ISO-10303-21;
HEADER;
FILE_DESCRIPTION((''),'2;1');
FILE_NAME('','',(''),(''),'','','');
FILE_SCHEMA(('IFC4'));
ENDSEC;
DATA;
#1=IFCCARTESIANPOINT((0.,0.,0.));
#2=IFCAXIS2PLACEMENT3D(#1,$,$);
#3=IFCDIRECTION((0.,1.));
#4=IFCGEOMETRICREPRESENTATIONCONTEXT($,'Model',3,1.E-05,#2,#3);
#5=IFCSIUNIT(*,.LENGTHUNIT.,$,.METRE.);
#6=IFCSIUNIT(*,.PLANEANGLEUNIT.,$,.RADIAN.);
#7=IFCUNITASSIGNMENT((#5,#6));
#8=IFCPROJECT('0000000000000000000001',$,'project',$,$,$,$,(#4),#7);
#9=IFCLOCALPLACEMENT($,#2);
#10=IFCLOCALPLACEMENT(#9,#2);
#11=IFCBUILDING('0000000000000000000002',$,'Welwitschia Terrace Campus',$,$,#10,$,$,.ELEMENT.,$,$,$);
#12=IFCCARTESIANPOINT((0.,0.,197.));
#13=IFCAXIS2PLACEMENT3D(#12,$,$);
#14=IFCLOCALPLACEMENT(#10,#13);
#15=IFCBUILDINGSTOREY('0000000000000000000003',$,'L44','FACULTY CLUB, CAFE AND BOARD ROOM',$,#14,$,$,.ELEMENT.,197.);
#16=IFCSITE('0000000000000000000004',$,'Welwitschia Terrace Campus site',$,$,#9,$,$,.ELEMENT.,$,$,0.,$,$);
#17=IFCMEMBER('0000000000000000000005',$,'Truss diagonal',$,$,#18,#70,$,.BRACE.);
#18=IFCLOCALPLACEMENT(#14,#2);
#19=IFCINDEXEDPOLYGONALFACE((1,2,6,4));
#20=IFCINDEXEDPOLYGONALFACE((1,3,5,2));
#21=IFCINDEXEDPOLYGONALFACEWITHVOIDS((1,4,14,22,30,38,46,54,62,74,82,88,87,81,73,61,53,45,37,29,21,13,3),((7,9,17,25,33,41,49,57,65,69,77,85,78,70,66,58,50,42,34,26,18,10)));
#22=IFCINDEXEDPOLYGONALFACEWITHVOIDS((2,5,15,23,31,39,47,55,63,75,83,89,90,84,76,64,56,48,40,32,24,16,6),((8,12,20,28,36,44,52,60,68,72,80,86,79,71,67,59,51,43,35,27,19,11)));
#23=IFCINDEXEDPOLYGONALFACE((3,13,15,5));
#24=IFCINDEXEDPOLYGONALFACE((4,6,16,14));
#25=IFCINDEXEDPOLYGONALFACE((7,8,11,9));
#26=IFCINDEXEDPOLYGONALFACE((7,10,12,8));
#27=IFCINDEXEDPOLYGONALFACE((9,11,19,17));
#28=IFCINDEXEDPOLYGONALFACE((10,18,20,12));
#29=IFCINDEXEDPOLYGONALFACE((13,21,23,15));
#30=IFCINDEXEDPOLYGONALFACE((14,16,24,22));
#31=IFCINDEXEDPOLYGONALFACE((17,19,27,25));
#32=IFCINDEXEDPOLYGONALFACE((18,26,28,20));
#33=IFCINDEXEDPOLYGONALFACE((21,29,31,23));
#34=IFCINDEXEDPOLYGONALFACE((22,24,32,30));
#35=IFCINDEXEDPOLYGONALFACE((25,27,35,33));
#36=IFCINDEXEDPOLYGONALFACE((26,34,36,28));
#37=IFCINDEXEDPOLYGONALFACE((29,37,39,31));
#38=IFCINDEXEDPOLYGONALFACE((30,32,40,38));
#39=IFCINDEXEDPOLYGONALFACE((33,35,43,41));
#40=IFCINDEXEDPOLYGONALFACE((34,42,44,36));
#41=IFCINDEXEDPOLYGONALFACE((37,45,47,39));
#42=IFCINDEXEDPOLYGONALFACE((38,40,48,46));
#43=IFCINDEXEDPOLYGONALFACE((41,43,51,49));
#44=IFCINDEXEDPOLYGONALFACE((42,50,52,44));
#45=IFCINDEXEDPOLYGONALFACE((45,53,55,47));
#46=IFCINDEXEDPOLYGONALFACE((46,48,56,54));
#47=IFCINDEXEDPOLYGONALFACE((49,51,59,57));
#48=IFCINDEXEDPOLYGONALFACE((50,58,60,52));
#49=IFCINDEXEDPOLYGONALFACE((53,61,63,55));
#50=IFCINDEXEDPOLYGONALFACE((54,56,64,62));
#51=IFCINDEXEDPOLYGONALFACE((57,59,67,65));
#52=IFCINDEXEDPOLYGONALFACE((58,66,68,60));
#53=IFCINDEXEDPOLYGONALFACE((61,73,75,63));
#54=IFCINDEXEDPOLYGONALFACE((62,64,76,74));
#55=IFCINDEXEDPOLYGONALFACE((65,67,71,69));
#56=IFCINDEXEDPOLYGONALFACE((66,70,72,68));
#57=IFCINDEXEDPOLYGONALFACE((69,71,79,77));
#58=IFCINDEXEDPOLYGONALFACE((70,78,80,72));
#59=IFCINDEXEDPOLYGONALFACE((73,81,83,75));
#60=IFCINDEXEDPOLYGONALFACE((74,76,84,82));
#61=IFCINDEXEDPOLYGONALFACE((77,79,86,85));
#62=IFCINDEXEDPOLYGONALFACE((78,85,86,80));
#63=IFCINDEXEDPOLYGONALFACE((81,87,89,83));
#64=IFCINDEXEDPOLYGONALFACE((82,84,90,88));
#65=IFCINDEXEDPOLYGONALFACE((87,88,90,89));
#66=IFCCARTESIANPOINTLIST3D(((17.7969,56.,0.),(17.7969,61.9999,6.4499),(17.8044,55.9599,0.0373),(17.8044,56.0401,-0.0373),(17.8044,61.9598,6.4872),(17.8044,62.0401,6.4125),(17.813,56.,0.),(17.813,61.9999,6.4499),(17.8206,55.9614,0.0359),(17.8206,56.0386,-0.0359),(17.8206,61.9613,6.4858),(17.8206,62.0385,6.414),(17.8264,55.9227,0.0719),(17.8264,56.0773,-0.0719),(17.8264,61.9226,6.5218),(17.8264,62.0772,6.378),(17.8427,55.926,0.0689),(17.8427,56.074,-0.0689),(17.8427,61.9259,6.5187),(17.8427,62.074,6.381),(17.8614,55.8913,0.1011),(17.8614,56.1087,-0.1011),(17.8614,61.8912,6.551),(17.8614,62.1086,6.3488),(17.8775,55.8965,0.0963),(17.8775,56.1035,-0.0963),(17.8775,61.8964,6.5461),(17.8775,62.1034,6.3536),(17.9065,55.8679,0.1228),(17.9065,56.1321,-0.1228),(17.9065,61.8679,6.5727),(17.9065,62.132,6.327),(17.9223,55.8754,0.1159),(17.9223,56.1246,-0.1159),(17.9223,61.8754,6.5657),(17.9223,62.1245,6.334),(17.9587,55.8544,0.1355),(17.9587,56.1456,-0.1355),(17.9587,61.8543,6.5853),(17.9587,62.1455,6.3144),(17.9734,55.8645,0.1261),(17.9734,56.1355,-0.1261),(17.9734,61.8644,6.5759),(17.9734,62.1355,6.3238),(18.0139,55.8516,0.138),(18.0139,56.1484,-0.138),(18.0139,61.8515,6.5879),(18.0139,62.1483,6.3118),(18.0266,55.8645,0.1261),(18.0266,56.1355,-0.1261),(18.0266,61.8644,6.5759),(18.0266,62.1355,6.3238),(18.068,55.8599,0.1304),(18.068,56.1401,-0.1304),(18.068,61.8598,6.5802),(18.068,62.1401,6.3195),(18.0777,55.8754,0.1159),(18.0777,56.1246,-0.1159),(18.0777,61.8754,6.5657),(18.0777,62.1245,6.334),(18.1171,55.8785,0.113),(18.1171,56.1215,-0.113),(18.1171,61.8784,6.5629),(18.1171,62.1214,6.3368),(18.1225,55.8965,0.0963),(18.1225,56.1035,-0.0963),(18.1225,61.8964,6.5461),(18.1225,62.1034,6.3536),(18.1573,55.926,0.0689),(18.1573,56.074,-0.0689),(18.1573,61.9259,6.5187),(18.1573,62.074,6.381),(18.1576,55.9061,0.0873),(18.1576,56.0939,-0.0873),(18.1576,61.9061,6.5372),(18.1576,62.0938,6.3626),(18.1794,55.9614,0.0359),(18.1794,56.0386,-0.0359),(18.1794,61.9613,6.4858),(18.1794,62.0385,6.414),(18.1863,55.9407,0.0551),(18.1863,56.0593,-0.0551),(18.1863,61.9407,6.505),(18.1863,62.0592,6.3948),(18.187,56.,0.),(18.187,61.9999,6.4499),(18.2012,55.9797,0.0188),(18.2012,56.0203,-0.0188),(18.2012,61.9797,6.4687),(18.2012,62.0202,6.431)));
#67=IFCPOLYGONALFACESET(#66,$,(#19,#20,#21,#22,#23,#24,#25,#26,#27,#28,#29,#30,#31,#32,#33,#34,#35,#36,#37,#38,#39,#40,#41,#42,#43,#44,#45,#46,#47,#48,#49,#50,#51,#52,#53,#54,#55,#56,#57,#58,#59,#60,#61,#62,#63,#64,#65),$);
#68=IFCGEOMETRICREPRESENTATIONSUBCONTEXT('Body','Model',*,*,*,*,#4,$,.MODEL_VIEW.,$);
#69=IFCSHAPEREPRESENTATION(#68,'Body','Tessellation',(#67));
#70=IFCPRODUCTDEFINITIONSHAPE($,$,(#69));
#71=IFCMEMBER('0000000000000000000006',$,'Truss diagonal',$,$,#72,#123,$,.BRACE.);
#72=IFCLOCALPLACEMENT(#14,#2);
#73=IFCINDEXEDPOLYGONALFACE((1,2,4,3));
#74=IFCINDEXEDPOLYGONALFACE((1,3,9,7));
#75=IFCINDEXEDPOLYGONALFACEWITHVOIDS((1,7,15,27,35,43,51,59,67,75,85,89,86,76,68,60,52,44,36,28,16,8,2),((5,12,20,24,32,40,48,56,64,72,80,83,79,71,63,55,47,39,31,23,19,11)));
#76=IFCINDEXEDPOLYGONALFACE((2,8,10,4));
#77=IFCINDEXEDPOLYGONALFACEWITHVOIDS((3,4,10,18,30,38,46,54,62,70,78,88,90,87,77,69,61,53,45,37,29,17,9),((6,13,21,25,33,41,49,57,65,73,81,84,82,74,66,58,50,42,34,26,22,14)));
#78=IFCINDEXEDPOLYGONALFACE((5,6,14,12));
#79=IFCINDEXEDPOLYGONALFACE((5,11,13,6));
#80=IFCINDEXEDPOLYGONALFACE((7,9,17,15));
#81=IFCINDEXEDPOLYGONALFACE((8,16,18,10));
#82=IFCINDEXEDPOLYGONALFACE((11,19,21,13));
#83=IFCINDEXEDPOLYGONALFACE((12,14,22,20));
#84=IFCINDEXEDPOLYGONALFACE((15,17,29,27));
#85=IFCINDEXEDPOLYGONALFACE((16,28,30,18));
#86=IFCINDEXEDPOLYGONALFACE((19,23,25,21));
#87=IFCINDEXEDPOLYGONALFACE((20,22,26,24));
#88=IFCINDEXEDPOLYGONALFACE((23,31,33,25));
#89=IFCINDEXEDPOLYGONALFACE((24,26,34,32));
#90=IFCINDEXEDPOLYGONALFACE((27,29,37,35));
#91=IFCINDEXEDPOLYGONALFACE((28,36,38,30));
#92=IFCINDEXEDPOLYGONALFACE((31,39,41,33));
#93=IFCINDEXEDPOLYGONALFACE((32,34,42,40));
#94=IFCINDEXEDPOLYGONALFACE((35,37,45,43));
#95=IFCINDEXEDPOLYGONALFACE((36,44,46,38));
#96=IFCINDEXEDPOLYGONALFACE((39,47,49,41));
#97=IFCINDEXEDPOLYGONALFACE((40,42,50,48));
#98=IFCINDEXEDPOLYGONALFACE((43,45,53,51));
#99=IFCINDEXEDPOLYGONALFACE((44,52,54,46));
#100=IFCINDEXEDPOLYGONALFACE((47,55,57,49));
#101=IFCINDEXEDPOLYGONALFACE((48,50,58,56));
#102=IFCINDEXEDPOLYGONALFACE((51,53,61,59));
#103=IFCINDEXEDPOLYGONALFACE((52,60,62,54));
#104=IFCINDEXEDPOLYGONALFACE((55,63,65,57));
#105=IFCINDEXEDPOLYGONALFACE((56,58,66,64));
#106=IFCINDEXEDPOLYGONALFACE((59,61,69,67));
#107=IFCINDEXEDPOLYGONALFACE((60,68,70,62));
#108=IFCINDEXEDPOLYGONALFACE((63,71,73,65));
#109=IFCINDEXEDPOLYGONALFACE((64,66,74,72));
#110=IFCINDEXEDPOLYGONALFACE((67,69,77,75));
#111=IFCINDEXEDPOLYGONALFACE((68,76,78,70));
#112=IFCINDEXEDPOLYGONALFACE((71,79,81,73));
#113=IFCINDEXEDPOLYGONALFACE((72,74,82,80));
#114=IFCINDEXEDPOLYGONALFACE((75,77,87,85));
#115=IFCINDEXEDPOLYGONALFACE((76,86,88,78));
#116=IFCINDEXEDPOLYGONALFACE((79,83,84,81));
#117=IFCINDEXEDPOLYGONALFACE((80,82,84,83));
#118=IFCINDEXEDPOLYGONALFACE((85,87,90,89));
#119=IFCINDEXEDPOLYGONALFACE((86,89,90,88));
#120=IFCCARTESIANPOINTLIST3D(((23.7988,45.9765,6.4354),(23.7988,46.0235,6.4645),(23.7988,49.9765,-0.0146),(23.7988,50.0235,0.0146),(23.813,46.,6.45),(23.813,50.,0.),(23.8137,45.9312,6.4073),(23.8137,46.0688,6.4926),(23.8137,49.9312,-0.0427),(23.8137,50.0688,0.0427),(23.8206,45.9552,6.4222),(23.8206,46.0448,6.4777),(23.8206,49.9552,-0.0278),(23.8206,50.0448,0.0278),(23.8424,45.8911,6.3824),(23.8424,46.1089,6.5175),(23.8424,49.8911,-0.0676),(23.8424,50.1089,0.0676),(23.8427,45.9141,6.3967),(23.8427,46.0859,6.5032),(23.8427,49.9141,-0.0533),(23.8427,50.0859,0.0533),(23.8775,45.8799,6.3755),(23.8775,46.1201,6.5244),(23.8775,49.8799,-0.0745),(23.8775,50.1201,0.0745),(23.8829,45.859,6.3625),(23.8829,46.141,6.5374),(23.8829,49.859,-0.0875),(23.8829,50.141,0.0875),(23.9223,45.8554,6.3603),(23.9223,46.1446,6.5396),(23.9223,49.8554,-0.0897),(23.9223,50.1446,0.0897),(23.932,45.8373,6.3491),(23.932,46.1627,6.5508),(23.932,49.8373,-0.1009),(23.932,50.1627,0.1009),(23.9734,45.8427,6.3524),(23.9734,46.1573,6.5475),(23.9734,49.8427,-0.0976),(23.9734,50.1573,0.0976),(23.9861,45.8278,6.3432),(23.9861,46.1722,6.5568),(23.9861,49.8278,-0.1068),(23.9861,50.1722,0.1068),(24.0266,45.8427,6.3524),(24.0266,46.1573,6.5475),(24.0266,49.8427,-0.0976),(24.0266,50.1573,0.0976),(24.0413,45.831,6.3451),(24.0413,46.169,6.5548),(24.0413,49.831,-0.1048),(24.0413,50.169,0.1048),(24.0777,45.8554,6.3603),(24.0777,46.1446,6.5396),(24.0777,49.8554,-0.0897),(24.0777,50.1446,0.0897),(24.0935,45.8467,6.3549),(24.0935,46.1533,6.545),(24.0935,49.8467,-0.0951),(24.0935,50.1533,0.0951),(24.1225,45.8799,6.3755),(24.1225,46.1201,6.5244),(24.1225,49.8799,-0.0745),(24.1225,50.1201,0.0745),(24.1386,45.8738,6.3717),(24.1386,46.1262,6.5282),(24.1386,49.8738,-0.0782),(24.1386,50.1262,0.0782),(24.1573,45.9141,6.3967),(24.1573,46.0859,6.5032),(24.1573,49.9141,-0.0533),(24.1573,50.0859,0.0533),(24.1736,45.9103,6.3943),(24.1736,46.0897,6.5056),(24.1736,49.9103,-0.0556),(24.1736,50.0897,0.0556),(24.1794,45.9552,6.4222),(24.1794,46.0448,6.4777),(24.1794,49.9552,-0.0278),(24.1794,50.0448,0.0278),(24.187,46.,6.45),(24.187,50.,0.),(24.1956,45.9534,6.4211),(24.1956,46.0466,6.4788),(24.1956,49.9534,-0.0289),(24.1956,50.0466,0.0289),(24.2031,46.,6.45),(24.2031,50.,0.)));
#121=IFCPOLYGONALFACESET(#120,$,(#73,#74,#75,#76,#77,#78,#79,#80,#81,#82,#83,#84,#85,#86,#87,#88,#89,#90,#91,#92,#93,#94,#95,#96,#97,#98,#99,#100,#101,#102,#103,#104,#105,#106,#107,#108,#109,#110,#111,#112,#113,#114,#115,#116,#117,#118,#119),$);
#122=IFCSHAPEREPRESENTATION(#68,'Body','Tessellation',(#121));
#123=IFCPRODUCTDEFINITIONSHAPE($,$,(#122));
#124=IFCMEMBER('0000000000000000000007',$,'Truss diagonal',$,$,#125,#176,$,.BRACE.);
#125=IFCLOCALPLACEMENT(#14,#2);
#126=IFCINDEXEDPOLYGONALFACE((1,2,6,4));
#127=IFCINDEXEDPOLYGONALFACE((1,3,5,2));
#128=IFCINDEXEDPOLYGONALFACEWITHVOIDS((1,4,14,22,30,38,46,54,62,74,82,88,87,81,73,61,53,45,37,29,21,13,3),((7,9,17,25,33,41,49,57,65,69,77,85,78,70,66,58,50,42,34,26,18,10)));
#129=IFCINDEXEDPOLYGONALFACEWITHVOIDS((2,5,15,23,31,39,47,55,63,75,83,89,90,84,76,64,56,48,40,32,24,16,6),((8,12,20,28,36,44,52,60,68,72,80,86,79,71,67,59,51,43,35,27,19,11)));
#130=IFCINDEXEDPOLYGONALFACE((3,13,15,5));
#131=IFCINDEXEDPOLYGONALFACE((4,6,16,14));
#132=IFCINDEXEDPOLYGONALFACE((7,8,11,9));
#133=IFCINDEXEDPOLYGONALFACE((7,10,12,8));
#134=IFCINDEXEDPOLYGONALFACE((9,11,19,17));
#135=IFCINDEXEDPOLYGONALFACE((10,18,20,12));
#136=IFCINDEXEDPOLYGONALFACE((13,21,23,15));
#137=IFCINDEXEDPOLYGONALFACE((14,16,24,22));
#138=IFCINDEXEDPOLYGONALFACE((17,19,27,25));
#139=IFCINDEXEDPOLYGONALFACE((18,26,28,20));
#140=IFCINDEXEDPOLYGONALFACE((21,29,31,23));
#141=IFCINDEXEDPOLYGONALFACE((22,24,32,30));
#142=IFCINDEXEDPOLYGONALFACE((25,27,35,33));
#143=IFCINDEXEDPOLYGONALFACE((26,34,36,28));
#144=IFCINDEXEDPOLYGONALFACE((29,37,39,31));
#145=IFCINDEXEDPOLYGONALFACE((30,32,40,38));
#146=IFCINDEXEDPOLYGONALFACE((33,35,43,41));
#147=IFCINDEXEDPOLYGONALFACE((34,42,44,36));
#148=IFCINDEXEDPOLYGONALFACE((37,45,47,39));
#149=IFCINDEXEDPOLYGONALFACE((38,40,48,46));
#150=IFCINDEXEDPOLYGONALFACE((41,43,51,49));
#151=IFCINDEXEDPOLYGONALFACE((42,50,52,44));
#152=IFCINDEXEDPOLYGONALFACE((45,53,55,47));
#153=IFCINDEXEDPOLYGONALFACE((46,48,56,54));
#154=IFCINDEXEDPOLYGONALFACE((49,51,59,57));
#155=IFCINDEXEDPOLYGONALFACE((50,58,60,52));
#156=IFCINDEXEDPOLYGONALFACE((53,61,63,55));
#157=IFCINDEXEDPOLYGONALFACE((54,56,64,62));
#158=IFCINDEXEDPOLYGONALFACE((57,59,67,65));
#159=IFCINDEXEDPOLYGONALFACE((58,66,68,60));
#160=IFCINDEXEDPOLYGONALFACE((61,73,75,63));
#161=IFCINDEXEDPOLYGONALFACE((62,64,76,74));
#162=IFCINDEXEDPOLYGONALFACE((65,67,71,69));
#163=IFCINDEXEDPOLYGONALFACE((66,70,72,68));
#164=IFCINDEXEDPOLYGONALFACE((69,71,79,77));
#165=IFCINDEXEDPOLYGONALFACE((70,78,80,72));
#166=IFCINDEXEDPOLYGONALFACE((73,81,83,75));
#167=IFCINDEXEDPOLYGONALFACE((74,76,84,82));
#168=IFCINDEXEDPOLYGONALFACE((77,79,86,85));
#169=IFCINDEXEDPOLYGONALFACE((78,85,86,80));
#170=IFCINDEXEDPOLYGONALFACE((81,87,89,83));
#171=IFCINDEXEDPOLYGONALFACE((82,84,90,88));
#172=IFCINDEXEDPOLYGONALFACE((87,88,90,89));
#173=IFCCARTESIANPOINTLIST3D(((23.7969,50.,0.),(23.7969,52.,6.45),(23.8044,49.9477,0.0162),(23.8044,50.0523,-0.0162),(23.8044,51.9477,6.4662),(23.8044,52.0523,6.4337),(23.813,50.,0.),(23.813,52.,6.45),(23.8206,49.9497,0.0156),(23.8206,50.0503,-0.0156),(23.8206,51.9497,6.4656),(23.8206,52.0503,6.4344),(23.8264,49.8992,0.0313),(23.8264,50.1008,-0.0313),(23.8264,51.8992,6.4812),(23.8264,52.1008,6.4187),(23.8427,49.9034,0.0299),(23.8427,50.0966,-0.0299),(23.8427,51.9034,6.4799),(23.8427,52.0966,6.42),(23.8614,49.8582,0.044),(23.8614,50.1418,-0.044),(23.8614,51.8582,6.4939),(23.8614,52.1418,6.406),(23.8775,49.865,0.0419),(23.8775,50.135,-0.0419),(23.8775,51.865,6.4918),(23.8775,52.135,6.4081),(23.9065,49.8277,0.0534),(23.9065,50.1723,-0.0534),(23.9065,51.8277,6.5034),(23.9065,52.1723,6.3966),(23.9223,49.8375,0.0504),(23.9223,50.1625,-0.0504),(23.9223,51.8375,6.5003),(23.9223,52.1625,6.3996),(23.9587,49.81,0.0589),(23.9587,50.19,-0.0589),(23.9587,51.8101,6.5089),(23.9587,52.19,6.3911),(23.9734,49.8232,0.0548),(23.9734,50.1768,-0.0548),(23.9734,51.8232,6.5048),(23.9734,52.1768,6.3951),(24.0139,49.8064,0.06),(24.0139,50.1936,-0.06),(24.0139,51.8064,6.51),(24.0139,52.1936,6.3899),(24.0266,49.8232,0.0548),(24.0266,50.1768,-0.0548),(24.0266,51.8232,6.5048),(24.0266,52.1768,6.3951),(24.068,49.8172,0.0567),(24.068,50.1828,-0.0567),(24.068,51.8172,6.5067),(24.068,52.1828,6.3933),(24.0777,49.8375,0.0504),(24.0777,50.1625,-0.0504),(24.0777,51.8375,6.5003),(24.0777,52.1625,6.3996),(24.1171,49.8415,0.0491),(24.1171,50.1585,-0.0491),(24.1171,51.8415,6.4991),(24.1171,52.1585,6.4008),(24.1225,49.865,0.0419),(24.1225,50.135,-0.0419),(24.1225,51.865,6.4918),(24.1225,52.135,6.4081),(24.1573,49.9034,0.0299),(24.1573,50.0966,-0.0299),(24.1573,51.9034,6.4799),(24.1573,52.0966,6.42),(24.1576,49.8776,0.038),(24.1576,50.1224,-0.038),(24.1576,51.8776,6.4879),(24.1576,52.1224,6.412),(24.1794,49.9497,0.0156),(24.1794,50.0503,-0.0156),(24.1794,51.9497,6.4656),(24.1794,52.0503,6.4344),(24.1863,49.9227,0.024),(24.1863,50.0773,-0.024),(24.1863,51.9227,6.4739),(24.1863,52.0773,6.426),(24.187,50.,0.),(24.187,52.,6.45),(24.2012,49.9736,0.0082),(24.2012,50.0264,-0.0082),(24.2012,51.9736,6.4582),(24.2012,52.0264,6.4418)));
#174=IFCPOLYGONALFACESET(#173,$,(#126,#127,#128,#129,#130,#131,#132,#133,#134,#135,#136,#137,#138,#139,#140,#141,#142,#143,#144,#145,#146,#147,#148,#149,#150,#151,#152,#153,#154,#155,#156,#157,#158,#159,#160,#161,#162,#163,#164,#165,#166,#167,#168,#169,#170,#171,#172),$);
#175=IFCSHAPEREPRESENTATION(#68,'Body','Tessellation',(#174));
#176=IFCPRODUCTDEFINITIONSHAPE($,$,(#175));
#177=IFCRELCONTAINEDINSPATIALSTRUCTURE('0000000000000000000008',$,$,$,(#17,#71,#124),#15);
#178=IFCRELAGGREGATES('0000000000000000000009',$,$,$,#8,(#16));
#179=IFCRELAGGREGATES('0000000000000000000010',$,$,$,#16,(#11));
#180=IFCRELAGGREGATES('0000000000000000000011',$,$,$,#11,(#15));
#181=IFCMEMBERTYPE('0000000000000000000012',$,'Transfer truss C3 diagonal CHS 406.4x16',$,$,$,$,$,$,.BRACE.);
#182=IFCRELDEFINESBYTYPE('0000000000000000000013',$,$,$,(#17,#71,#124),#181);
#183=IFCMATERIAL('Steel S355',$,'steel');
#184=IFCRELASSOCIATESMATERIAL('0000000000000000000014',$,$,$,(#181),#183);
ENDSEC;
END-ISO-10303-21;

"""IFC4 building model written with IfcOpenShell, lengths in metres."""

from ifc_helpers import new_model, si_unit, direction, frame, origin, origin_2d, place, context, subcontext, project, spatial, hollow_circle, extrude, material, material_profile, profile_set, type_object, element, save


model = new_model("IFC4")

# Units and contexts
model_context = context("Model", 3, precision=1e-05, world=origin(), true_north=direction((0.0, 1.0)))
body_context = subcontext(model_context, "Body", "Model", "MODEL_VIEW")
ifc_project = project(units=[si_unit("LENGTHUNIT", "METRE"), si_unit("PLANEANGLEUNIT", "RADIAN")], contexts=[model_context])

# Site, building, storey
site_placement = place(None, origin())
site = spatial("IfcSite", under=ifc_project, at=site_placement, Name="Welwitschia Terrace Campus site", CompositionType="ELEMENT", RefElevation=0.0)
building_placement = place(site_placement, origin())
building = spatial("IfcBuilding", under=site, at=building_placement, Name="Welwitschia Terrace Campus", CompositionType="ELEMENT")
storey_placement = place(building_placement, frame((0.0, 0.0, 197.0)))
storey = spatial("IfcBuildingStorey", under=building, at=storey_placement, Name="L44", Description="FACULTY CLUB, CAFE AND BOARD ROOM", CompositionType="ELEMENT", Elevation=197.0)

# Members
ifc_material_1 = material(Name="Steel S355", Category="steel")
ifc_material_profile_1 = material_profile(ifc_material_1, hollow_circle(Radius=0.2031, WallThickness=0.0161, at=origin_2d()))
ifc_profile_set_1 = profile_set([ifc_material_profile_1], Name="Steel S355")
member_type_1 = type_object("IfcMemberType", Name="Transfer truss C3 diagonal CHS 406.4x16", PredefinedType="BRACE", material=ifc_profile_set_1)
member_1_placement = place(storey_placement, frame((18.0, 56.0, 0.0), z_axis=(0.0, 0.681107, 0.732184), x_axis=(-1.0, 0.0, 0.0)))
element("IfcMember", 1, at=member_1_placement, inside=storey, type_object=member_type_1, Name="Truss diagonal", PredefinedType="BRACE", context=body_context, shape_type="SweptSolid", body=[
    extrude(hollow_circle(Radius=0.2031, WallThickness=0.0161, at=origin_2d()), origin(), (0.0, 0.0, 1.0), 8.8091),
])
member_2_placement = place(storey_placement, frame((24.0, 50.0, 0.0), z_axis=(0.0, -0.527038, 0.849842), x_axis=(1.0, 0.0, 0.0)))
element("IfcMember", 2, at=member_2_placement, inside=storey, type_object=member_type_1, Name="Truss diagonal", PredefinedType="BRACE", context=body_context, shape_type="SweptSolid", body=[
    extrude(hollow_circle(Radius=0.2031, WallThickness=0.0161, at=origin_2d()), origin(), (0.0, 0.0, 1.0), 7.5896),
])
member_3_placement = place(storey_placement, frame((24.0, 50.0, 0.0), z_axis=(0.0, 0.296168, 0.955136), x_axis=(-1.0, 0.0, 0.0)))
element("IfcMember", 3, at=member_3_placement, inside=storey, type_object=member_type_1, Name="Truss diagonal", PredefinedType="BRACE", context=body_context, shape_type="SweptSolid", body=[
    extrude(hollow_circle(Radius=0.2031, WallThickness=0.0161, at=origin_2d()), origin(), (0.0, 0.0, 1.0), 6.7529),
])

save(model, "model.ifc")
